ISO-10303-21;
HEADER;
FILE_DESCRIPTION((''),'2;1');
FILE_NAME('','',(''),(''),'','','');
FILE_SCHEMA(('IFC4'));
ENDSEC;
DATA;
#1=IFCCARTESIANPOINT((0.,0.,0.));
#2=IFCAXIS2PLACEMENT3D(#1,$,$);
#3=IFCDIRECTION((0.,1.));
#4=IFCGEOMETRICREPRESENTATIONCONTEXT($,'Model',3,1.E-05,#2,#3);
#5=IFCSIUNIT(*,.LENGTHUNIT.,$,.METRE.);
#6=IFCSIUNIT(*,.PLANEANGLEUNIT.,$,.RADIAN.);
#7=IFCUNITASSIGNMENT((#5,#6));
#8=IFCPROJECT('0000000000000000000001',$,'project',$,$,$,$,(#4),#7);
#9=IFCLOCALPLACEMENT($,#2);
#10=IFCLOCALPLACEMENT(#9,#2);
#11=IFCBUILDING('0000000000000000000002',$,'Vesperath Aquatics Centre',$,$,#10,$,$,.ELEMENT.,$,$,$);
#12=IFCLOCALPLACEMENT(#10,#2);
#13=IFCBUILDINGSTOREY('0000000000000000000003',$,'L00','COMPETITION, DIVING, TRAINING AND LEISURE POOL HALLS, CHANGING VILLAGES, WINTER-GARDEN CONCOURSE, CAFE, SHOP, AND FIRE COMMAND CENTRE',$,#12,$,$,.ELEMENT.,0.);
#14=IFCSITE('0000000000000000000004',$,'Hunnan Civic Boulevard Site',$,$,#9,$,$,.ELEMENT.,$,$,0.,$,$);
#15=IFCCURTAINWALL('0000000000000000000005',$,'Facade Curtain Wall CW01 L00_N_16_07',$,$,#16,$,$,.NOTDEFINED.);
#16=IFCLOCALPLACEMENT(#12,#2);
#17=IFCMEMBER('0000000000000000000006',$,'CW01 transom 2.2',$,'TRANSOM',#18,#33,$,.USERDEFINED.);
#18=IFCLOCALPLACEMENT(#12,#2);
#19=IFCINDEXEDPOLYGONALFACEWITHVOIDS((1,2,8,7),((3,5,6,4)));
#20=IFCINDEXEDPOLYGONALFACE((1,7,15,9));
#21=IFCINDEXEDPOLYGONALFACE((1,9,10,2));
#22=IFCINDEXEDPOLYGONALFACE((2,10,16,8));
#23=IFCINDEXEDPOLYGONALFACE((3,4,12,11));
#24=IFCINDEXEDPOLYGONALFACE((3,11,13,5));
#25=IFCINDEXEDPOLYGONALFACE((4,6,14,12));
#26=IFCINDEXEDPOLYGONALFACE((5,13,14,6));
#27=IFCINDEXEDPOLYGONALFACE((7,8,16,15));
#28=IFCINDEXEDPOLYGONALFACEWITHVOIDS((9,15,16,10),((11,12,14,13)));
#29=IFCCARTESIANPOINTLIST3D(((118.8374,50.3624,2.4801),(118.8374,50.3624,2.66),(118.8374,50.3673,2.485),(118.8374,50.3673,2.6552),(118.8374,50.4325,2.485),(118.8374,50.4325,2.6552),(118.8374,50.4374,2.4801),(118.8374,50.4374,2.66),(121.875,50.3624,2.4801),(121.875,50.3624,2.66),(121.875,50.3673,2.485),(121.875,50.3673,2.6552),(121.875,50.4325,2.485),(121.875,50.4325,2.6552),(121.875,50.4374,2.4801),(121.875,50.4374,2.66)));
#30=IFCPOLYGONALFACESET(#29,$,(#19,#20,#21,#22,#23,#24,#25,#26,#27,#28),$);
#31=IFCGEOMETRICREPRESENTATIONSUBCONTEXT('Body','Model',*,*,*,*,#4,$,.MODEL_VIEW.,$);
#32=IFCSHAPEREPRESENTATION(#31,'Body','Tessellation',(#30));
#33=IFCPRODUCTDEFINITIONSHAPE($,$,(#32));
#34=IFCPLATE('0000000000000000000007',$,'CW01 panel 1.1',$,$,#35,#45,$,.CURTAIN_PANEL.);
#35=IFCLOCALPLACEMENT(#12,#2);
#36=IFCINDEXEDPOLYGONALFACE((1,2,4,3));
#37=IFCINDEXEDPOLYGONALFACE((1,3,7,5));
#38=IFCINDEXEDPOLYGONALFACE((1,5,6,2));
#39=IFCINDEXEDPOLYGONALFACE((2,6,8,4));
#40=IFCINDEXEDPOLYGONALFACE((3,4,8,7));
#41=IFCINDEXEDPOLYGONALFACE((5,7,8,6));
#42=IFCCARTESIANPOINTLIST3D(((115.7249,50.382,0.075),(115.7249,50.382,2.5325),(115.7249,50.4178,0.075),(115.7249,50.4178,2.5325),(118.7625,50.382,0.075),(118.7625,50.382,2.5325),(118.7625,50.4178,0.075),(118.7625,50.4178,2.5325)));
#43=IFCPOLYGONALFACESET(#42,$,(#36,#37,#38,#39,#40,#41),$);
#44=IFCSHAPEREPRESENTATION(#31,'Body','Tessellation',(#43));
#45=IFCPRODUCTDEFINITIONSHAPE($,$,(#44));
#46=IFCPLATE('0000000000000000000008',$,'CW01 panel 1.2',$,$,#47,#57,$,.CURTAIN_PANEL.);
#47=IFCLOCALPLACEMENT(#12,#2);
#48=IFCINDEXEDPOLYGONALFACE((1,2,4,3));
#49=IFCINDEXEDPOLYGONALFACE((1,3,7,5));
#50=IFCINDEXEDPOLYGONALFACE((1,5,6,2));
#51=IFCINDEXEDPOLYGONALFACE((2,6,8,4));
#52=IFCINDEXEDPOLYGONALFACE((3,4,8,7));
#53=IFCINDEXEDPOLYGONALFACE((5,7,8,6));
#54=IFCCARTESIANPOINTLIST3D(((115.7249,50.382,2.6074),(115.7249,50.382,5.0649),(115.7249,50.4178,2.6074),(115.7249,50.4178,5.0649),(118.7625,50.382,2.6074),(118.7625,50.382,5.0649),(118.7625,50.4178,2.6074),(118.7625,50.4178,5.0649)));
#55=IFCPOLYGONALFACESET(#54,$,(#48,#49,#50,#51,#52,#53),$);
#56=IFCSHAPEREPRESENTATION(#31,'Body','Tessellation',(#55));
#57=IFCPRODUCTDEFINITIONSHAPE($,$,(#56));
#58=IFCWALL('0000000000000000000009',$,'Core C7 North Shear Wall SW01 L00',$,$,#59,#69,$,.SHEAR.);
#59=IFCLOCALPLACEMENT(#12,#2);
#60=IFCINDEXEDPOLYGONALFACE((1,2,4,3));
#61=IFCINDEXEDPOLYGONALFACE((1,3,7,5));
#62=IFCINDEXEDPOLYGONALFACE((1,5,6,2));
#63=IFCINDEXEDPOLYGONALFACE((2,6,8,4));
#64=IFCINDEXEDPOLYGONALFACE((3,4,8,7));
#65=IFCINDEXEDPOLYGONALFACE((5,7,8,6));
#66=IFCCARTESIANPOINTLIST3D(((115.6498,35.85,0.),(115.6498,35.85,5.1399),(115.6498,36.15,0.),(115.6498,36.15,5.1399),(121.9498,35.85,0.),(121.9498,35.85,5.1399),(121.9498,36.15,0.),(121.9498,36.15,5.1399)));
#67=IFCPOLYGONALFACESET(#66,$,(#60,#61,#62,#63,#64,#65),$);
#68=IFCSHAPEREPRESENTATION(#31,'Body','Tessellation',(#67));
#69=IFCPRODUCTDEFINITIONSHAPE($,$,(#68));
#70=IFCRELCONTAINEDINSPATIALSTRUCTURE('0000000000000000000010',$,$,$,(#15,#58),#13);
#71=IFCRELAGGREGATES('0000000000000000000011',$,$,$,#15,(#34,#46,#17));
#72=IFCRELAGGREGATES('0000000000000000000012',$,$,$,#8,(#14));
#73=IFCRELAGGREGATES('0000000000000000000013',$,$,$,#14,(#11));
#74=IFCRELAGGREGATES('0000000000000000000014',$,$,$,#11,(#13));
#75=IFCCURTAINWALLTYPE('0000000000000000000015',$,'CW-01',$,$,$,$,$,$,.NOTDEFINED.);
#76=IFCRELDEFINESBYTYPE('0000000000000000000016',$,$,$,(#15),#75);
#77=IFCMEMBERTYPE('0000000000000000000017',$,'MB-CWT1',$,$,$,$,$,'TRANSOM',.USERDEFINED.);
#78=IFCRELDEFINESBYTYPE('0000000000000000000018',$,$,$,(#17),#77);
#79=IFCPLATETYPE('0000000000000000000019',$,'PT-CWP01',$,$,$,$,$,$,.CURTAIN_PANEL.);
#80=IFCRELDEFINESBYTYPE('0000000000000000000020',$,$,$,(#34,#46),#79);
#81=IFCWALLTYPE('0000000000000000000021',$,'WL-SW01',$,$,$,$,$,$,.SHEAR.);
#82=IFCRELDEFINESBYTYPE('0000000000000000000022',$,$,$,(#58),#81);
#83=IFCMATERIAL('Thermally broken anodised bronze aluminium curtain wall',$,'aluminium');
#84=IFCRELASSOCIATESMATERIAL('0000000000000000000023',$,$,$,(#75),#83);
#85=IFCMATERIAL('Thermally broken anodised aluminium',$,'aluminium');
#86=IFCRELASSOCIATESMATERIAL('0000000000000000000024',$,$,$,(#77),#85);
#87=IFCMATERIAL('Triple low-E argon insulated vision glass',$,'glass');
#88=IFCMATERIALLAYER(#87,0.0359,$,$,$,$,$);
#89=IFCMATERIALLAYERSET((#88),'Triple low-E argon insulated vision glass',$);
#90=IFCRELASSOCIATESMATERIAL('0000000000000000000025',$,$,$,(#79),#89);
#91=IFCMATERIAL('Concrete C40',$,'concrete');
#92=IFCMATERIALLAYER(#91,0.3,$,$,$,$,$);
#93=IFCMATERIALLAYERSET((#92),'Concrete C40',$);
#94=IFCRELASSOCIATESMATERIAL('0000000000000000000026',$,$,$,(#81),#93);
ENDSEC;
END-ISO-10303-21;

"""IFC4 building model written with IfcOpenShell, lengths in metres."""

from ifc_helpers import new_model, si_unit, direction, frame, frame_2d, origin, origin_2d, place, context, subcontext, project, spatial, rectangle, hollow_rectangle, extrude, material, layer, layer_set, material_profile, profile_set, type_object, element, aggregate, save


model = new_model("IFC4")

# Units and contexts
model_context = context("Model", 3, precision=1e-05, world=origin(), true_north=direction((0.0, 1.0)))
body_context = subcontext(model_context, "Body", "Model", "MODEL_VIEW")
ifc_project = project(units=[si_unit("LENGTHUNIT", "METRE"), si_unit("PLANEANGLEUNIT", "RADIAN")], contexts=[model_context])

# Site, building, storey
site_placement = place(None, origin())
site = spatial("IfcSite", under=ifc_project, at=site_placement, Name="Hunnan Civic Boulevard Site", CompositionType="ELEMENT", RefElevation=0.0)
building_placement = place(site_placement, origin())
building = spatial("IfcBuilding", under=site, at=building_placement, Name="Vesperath Aquatics Centre", CompositionType="ELEMENT")
storey_placement = place(building_placement, origin())
storey = spatial("IfcBuildingStorey", under=building, at=storey_placement, Name="L00", Description="COMPETITION, DIVING, TRAINING AND LEISURE POOL HALLS, CHANGING VILLAGES, WINTER-GARDEN CONCOURSE, CAFE, SHOP, AND FIRE COMMAND CENTRE", CompositionType="ELEMENT", Elevation=0.0)

# Shared definitions
ifc_material_1 = material(Name="Concrete C40", Category="concrete")

# Curtain wall, member, plates
ifc_material_2 = material(Name="Thermally broken anodised bronze aluminium curtain wall", Category="aluminium")
curtain_wall_type = type_object("IfcCurtainWallType", Name="CW-01", PredefinedType="NOTDEFINED", material=ifc_material_2)
curtain_wall_placement = place(storey_placement, origin())
curtain_wall = element("IfcCurtainWall", 1, at=curtain_wall_placement, inside=storey, type_object=curtain_wall_type, Name="Facade Curtain Wall CW01 L00_N_16_07", PredefinedType="NOTDEFINED")
ifc_material_3 = material(Name="Thermally broken anodised aluminium", Category="aluminium")
ifc_material_profile_1 = material_profile(ifc_material_3, hollow_rectangle(XDim=0.075, YDim=0.1799, WallThickness=0.0049, at=origin_2d()), Name="CWT 75x180x5")
ifc_profile_set_1 = profile_set([ifc_material_profile_1], Name="Thermally broken anodised aluminium")
member_type_1 = type_object("IfcMemberType", Name="MB-CWT1", ElementType="TRANSOM", PredefinedType="USERDEFINED", material=ifc_profile_set_1)
member_1_placement = place(storey_placement, frame((118.8374, 50.3999, 2.5701), z_axis=(1.0, 0.0, 0.0), x_axis=(0.0, 1.0, 0.0)))
member_1 = element("IfcMember", 2, at=member_1_placement, type_object=member_type_1, Name="CW01 transom 2.2", ObjectType="TRANSOM", PredefinedType="USERDEFINED", context=body_context, shape_type="SweptSolid", body=[
    extrude(hollow_rectangle(XDim=0.075, YDim=0.1799, WallThickness=0.0049, at=origin_2d()), origin(), (0.0, 0.0, 1.0), 3.0376),
])
ifc_material_4 = material(Name="Triple low-E argon insulated vision glass", Category="glass")
ifc_layer_1 = layer(ifc_material_4, 0.0359)
ifc_layer_set_1 = layer_set([ifc_layer_1], Name="Triple low-E argon insulated vision glass")
plate_type = type_object("IfcPlateType", Name="PT-CWP01", PredefinedType="CURTAIN_PANEL", material=ifc_layer_set_1)
plate_1_placement = place(storey_placement, frame((117.2437, 50.3999, 0.075), z_axis=(0.0, 0.0, 1.0), x_axis=(1.0, 0.0, 0.0)))
plate_1 = element("IfcPlate", 3, at=plate_1_placement, type_object=plate_type, Name="CW01 panel 1.1", PredefinedType="CURTAIN_PANEL", context=body_context, shape_type="SweptSolid", body=[
    extrude(rectangle(XDim=3.0376, YDim=0.0359, at=origin_2d()), origin(), (0.0, 0.0, 1.0), 2.4575),
])
plate_2_placement = place(storey_placement, frame((117.2437, 50.3999, 2.6074), z_axis=(0.0, 0.0, 1.0), x_axis=(1.0, 0.0, 0.0)))
plate_2 = element("IfcPlate", 4, at=plate_2_placement, type_object=plate_type, Name="CW01 panel 1.2", PredefinedType="CURTAIN_PANEL", context=body_context, shape_type="SweptSolid", body=[
    extrude(rectangle(XDim=3.0376, YDim=0.0359, at=origin_2d()), origin(), (0.0, 0.0, 1.0), 2.4575),
])
aggregate(curtain_wall, [plate_1, plate_2, member_1])

# Wall
ifc_layer_2 = layer(ifc_material_1, 0.3)
ifc_layer_set_2 = layer_set([ifc_layer_2], Name="Concrete C40")
wall_type = type_object("IfcWallType", Name="WL-SW01", PredefinedType="SHEAR", material=ifc_layer_set_2)
wall_placement = place(storey_placement, frame((115.6499, 36.0, 0.0), z_axis=(0.0, 0.0, 1.0), x_axis=(1.0, 0.0, 0.0)))
element("IfcWall", 5, at=wall_placement, inside=storey, type_object=wall_type, Name="Core C7 North Shear Wall SW01 L00", PredefinedType="SHEAR", context=body_context, shape_type="SweptSolid", body=[
    extrude(rectangle(XDim=6.3, YDim=0.3, at=frame_2d((3.1499, 0.0))), origin(), (0.0, 0.0, 1.0), 5.1399),
])

save(model, "model.ifc")
